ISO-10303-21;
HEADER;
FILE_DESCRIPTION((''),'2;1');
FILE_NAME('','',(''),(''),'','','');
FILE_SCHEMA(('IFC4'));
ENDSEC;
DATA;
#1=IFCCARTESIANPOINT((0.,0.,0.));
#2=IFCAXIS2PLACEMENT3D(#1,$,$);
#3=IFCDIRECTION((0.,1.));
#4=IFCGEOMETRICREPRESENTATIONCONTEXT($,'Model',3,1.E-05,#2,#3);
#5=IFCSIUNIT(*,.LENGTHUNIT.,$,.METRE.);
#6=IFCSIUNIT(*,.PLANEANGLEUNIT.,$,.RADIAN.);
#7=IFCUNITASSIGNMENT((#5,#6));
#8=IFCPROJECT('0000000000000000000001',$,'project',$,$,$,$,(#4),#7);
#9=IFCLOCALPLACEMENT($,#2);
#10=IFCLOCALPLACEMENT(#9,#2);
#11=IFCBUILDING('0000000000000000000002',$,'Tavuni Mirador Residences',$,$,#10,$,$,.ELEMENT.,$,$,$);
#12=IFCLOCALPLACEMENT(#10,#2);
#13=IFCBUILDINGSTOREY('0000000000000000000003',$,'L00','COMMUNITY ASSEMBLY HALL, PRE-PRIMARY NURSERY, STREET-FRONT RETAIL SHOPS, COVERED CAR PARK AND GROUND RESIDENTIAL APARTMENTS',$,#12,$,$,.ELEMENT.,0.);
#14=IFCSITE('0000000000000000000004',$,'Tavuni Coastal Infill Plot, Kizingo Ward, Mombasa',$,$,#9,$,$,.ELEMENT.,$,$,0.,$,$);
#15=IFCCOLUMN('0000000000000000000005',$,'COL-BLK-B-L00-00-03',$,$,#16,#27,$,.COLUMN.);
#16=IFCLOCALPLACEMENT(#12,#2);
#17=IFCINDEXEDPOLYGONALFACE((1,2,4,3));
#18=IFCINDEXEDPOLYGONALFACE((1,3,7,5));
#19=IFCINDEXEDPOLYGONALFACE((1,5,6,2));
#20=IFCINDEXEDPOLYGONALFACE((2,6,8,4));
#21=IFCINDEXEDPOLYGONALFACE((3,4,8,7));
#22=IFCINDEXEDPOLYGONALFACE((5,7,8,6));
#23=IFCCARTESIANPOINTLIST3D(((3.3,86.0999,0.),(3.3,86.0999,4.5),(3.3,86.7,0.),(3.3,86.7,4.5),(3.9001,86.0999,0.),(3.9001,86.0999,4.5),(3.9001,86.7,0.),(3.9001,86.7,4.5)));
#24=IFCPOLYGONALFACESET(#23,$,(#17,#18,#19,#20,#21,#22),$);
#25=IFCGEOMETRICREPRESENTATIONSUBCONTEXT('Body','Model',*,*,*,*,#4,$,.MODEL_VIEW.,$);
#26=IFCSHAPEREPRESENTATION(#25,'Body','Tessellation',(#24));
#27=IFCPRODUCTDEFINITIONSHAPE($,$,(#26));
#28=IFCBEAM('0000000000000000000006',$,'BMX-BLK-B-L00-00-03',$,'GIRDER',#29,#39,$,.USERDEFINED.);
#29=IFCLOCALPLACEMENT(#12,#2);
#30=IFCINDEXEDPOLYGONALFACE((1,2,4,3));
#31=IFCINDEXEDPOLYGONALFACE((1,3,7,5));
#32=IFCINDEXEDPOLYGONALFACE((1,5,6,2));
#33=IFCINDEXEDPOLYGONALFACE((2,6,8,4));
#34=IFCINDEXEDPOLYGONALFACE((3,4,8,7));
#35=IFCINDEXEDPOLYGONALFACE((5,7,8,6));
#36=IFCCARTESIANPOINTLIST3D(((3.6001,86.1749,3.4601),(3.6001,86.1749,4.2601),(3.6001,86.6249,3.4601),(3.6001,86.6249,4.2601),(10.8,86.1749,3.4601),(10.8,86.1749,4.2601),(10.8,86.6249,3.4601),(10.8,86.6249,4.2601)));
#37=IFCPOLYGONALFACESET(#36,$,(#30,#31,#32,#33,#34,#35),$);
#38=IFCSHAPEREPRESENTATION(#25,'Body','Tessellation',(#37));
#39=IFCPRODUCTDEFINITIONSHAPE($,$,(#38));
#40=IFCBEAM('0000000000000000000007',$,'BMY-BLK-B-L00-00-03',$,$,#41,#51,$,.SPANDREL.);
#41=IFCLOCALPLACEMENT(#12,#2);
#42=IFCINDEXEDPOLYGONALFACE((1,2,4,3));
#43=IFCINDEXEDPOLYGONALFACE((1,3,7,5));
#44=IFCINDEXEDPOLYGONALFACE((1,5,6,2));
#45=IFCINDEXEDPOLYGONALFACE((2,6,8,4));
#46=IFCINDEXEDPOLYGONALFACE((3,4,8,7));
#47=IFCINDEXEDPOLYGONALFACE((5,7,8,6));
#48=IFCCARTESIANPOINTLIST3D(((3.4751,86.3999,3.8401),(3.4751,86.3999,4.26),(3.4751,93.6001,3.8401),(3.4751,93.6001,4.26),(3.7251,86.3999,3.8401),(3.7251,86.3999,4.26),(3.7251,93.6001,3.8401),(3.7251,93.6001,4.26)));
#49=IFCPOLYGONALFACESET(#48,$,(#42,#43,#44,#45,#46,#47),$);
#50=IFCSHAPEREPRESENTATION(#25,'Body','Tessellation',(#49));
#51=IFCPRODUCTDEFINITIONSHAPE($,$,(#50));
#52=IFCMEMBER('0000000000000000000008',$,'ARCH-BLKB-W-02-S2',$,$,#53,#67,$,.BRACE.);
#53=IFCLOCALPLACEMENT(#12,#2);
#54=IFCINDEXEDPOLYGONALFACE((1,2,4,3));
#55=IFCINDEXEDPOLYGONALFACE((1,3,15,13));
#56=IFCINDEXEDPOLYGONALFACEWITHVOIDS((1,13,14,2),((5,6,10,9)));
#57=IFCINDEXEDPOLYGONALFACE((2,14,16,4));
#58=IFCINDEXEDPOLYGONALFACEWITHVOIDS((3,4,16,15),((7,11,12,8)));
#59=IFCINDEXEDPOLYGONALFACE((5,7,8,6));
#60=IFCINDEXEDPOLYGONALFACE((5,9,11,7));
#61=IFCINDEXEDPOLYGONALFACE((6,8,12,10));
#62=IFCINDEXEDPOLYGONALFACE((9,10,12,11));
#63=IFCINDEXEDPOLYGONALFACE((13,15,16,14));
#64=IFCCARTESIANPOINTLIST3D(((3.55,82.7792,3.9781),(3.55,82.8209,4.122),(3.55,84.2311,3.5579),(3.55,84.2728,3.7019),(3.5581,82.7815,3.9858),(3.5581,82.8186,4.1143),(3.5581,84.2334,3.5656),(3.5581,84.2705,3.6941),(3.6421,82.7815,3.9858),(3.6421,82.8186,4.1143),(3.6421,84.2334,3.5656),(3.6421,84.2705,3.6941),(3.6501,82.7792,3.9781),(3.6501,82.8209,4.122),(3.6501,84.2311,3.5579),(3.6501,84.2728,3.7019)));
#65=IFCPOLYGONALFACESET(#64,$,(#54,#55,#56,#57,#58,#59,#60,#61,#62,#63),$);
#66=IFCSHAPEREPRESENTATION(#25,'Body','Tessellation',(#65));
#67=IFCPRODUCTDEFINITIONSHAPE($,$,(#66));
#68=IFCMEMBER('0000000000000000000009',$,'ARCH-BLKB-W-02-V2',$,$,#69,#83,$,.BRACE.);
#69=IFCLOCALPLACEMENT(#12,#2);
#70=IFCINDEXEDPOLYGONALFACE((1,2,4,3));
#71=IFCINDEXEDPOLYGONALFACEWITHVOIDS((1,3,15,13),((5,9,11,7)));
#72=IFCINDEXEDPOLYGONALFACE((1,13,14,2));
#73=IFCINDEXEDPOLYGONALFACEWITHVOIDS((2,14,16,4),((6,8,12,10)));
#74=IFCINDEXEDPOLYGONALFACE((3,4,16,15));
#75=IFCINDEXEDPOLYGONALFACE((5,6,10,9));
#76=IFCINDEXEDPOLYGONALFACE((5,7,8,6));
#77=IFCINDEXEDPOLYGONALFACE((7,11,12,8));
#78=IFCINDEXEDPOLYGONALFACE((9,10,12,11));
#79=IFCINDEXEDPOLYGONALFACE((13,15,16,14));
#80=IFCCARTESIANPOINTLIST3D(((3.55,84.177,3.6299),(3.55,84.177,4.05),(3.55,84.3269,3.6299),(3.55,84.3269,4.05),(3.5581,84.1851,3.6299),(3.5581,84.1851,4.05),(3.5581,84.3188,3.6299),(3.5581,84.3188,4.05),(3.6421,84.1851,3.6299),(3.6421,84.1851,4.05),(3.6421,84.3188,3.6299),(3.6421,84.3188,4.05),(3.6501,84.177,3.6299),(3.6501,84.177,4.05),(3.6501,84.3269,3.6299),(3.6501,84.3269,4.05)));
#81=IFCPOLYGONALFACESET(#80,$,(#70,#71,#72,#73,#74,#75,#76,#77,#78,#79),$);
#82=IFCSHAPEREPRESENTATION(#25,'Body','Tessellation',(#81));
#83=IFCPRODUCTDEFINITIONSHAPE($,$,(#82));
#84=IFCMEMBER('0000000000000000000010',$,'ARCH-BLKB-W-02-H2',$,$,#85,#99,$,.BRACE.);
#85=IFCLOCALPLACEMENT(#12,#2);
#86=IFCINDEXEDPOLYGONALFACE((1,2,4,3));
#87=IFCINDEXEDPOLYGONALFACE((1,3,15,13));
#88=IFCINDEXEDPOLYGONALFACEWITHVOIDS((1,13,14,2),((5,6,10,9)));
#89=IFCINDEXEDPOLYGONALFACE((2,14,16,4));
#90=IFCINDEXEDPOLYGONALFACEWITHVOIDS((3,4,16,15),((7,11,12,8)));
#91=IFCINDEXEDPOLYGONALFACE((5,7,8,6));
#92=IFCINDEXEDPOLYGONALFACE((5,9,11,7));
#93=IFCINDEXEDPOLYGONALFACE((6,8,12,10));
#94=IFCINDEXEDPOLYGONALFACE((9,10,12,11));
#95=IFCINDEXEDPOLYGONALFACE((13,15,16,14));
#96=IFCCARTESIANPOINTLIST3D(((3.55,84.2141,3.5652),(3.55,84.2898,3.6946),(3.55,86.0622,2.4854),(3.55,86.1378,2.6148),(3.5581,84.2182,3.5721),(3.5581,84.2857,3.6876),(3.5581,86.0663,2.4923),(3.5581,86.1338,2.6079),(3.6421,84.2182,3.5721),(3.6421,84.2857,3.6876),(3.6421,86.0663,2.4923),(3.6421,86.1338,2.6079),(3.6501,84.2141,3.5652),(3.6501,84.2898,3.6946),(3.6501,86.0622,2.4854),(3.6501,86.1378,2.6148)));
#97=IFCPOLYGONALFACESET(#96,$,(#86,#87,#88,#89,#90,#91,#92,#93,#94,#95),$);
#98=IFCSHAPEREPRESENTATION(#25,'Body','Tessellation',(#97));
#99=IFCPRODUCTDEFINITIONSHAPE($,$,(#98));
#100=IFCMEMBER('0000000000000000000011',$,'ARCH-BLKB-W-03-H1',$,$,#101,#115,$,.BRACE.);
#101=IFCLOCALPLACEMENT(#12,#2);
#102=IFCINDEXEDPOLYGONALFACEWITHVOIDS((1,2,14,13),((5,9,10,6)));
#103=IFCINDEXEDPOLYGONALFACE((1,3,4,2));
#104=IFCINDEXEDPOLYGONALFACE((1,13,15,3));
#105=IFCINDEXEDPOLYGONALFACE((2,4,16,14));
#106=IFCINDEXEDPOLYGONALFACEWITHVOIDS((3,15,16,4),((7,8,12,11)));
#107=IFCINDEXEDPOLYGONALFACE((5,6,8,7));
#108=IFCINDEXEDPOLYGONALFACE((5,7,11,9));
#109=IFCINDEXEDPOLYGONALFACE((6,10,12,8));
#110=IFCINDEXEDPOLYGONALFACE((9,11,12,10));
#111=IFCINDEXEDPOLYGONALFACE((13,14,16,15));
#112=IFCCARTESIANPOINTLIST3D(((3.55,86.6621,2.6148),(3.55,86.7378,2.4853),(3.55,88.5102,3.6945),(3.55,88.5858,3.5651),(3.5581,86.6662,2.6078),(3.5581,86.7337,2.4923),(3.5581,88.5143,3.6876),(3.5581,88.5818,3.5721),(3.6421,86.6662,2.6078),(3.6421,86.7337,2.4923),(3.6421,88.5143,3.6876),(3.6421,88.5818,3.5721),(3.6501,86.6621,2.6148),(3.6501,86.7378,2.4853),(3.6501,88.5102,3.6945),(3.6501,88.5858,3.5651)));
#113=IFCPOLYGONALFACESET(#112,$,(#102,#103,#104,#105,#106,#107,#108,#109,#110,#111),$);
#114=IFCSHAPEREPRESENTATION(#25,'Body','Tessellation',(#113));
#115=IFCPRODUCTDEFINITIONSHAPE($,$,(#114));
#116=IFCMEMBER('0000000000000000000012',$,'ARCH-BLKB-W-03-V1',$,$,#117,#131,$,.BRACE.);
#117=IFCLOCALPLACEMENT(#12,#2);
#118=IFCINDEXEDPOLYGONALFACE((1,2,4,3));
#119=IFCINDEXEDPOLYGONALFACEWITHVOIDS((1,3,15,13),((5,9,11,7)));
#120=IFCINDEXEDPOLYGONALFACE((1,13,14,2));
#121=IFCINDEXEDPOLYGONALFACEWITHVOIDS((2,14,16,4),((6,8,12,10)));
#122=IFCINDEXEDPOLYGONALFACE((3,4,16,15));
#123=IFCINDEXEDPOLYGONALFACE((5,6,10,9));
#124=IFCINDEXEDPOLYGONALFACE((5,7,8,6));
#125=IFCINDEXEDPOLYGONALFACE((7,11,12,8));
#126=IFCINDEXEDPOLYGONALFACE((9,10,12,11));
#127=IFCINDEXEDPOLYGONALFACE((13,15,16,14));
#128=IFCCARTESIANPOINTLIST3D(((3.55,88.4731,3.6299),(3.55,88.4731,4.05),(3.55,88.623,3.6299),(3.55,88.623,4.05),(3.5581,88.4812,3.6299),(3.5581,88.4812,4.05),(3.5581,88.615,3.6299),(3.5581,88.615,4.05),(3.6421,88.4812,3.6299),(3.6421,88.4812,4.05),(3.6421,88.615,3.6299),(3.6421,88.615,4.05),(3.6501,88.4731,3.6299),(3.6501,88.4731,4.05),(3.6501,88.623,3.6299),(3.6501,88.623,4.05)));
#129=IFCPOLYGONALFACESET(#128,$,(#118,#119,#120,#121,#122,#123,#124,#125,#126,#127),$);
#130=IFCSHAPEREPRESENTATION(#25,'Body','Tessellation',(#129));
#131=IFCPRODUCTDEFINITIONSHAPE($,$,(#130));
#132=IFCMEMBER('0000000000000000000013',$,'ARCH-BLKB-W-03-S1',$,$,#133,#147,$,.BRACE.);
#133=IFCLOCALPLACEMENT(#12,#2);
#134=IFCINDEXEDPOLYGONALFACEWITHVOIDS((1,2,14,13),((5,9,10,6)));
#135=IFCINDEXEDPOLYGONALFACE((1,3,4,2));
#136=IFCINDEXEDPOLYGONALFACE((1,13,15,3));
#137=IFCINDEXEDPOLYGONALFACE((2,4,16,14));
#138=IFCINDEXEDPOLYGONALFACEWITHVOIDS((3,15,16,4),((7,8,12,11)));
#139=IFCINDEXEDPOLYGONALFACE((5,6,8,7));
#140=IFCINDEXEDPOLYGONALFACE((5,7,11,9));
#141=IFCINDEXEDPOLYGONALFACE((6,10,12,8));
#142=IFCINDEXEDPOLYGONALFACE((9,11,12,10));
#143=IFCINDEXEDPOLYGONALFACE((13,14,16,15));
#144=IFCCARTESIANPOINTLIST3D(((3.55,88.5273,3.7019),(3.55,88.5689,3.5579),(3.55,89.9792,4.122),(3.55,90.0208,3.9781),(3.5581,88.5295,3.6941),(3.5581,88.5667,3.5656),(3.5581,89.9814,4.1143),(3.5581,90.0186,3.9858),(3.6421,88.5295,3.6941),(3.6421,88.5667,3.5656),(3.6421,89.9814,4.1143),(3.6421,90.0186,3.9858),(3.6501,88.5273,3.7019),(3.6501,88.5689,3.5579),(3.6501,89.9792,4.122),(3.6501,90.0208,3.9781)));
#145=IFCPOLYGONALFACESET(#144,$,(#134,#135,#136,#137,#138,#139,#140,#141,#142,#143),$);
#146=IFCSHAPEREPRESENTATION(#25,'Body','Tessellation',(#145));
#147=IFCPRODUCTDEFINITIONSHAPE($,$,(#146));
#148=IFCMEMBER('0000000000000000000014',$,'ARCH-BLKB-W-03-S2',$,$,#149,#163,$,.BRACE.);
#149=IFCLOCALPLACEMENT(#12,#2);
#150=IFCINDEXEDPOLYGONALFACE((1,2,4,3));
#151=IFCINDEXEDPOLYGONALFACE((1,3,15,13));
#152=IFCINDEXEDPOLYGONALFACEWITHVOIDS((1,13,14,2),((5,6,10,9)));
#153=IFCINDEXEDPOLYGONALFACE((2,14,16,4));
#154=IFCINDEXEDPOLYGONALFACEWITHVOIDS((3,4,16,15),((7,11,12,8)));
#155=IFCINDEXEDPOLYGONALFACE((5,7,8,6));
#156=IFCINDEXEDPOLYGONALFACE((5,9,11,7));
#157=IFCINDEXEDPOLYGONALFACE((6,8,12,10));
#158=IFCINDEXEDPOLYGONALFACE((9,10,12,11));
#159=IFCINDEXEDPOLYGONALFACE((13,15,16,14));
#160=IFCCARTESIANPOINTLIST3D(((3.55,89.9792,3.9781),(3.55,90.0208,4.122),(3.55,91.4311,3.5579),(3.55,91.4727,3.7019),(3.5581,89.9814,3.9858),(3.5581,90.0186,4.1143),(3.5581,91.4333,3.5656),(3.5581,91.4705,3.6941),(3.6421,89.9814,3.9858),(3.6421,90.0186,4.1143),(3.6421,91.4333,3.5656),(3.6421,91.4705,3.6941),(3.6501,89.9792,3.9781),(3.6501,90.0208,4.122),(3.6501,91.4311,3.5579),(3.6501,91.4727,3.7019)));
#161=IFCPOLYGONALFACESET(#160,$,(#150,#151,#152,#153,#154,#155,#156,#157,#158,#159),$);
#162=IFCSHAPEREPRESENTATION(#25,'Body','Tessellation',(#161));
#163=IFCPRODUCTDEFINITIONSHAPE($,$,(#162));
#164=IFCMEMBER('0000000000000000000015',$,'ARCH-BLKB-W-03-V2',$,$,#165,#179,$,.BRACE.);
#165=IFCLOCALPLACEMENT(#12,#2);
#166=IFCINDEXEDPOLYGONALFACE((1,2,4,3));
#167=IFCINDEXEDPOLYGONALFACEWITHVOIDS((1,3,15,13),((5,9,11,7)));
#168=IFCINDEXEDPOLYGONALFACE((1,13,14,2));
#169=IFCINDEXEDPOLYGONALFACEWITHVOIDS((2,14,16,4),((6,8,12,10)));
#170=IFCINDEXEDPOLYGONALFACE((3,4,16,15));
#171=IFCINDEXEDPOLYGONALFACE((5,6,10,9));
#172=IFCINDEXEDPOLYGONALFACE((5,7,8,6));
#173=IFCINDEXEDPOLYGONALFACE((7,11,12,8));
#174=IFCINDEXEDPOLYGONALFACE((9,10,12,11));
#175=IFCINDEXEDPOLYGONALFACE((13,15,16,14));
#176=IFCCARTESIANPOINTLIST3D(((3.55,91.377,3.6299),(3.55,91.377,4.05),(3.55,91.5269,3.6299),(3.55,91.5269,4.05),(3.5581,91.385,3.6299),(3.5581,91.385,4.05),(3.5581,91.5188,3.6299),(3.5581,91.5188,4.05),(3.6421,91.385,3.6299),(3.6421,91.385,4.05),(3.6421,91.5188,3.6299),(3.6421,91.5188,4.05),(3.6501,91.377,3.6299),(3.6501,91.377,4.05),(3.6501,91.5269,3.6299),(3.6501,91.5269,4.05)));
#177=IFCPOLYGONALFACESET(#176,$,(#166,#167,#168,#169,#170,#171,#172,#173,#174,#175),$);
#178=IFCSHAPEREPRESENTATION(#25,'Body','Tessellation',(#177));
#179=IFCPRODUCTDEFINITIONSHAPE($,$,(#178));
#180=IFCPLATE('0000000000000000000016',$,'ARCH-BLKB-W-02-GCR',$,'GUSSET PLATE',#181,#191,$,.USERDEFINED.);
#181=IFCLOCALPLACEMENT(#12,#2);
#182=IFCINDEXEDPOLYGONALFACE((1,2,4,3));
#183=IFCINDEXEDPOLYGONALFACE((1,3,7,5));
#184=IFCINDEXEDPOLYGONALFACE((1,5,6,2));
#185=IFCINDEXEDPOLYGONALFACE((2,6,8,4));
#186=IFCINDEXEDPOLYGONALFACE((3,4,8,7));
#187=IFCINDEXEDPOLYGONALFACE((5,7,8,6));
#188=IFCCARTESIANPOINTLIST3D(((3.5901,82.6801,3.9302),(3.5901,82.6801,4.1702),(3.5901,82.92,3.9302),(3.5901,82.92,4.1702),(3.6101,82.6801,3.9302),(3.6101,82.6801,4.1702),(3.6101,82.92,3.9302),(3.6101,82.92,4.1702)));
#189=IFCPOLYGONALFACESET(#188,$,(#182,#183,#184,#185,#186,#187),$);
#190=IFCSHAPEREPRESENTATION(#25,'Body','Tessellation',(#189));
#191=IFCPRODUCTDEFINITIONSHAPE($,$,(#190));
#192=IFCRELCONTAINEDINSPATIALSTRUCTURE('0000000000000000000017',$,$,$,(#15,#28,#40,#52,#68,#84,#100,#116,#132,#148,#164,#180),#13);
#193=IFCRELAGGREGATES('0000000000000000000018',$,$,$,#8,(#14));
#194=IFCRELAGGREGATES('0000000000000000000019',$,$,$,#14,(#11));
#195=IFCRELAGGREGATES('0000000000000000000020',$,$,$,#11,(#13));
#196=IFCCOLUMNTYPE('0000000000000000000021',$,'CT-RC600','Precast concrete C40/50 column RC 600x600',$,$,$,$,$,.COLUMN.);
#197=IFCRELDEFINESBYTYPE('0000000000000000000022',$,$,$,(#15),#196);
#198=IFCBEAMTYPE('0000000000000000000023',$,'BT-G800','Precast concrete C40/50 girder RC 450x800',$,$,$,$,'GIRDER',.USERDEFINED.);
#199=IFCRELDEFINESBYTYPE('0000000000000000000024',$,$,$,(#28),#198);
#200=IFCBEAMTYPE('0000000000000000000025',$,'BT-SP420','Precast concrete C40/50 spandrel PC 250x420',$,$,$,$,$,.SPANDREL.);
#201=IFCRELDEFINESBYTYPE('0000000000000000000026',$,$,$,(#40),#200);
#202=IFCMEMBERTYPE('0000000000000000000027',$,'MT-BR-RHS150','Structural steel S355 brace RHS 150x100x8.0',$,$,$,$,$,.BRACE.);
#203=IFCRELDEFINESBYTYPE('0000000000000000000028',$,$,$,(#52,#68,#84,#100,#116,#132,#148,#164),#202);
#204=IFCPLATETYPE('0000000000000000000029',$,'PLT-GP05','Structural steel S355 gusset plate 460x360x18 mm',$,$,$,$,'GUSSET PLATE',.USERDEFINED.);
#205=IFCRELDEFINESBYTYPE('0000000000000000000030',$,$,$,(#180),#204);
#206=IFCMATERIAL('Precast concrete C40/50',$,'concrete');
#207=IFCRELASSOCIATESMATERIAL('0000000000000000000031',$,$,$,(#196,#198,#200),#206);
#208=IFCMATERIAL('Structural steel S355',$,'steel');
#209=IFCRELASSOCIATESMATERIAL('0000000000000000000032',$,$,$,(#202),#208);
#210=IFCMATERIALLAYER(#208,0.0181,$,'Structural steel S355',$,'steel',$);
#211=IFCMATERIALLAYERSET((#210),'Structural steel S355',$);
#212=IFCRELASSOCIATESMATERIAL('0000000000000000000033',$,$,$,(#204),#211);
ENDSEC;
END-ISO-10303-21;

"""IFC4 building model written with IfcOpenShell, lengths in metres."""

from ifc_helpers import new_model, si_unit, direction, frame, origin, origin_2d, place, context, subcontext, project, spatial, rectangle, hollow_rectangle, extrude, material, layer, layer_set, material_profile, profile_set, type_object, element, save


model = new_model("IFC4")

# Units and contexts
model_context = context("Model", 3, precision=1e-05, world=origin(), true_north=direction((0.0, 1.0)))
body_context = subcontext(model_context, "Body", "Model", "MODEL_VIEW")
ifc_project = project(units=[si_unit("LENGTHUNIT", "METRE"), si_unit("PLANEANGLEUNIT", "RADIAN")], contexts=[model_context])

# Site, building, storey
site_placement = place(None, origin())
site = spatial("IfcSite", under=ifc_project, at=site_placement, Name="Tavuni Coastal Infill Plot, Kizingo Ward, Mombasa", CompositionType="ELEMENT", RefElevation=0.0)
building_placement = place(site_placement, origin())
building = spatial("IfcBuilding", under=site, at=building_placement, Name="Tavuni Mirador Residences", CompositionType="ELEMENT")
storey_placement = place(building_placement, origin())
storey = spatial("IfcBuildingStorey", under=building, at=storey_placement, Name="L00", Description="COMMUNITY ASSEMBLY HALL, PRE-PRIMARY NURSERY, STREET-FRONT RETAIL SHOPS, COVERED CAR PARK AND GROUND RESIDENTIAL APARTMENTS", CompositionType="ELEMENT", Elevation=0.0)

# Column
ifc_material_1 = material(Name="Precast concrete C40/50", Category="concrete")
ifc_material_profile_1 = material_profile(ifc_material_1, rectangle(XDim=0.6001, YDim=0.6001, at=origin_2d()), Name="RC 600x600", Category="concrete")
ifc_profile_set_1 = profile_set([ifc_material_profile_1], Name="Precast concrete C40/50")
column_type = type_object("IfcColumnType", Name="CT-RC600", Description="Precast concrete C40/50 column RC 600x600", PredefinedType="COLUMN", material=ifc_profile_set_1)
column_placement = place(storey_placement, frame((3.6001, 86.3999, 0.0), z_axis=(0.0, 0.0, 1.0), x_axis=(1.0, 0.0, 0.0)))
element("IfcColumn", 1, at=column_placement, inside=storey, type_object=column_type, Name="COL-BLK-B-L00-00-03", PredefinedType="COLUMN", context=body_context, shape_type="SweptSolid", body=[
    extrude(rectangle(XDim=0.6001, YDim=0.6001, at=origin_2d()), origin(), (0.0, 0.0, 1.0), 4.5),
])

# Beams
ifc_material_profile_2 = material_profile(ifc_material_1, rectangle(XDim=0.45, YDim=0.8, at=origin_2d()), Name="RC 450x800", Category="concrete")
ifc_profile_set_2 = profile_set([ifc_material_profile_2], Name="Precast concrete C40/50")
beam_type_1 = type_object("IfcBeamType", Name="BT-G800", Description="Precast concrete C40/50 girder RC 450x800", ElementType="GIRDER", PredefinedType="USERDEFINED", material=ifc_profile_set_2)
beam_1_placement = place(storey_placement, frame((3.6001, 86.3999, 3.8601), z_axis=(1.0, 0.0, 0.0), x_axis=(0.0, 1.0, 0.0)))
element("IfcBeam", 2, at=beam_1_placement, inside=storey, type_object=beam_type_1, Name="BMX-BLK-B-L00-00-03", ObjectType="GIRDER", PredefinedType="USERDEFINED", context=body_context, shape_type="SweptSolid", body=[
    extrude(rectangle(XDim=0.45, YDim=0.8, at=origin_2d()), origin(), (0.0, 0.0, 1.0), 7.2),
])
ifc_material_profile_3 = material_profile(ifc_material_1, rectangle(XDim=0.25, YDim=0.4199, at=origin_2d()), Name="PC 250x420", Category="concrete")
ifc_profile_set_3 = profile_set([ifc_material_profile_3], Name="Precast concrete C40/50")
beam_type_2 = type_object("IfcBeamType", Name="BT-SP420", Description="Precast concrete C40/50 spandrel PC 250x420", PredefinedType="SPANDREL", material=ifc_profile_set_3)
beam_2_placement = place(storey_placement, frame((3.6001, 86.3999, 4.05), z_axis=(0.0, 1.0, 0.0), x_axis=(-1.0, 0.0, 0.0)))
element("IfcBeam", 3, at=beam_2_placement, inside=storey, type_object=beam_type_2, Name="BMY-BLK-B-L00-00-03", PredefinedType="SPANDREL", context=body_context, shape_type="SweptSolid", body=[
    extrude(rectangle(XDim=0.25, YDim=0.4199, at=origin_2d()), origin(), (0.0, 0.0, 1.0), 7.2002),
])

# Members
ifc_material_2 = material(Name="Structural steel S355", Category="steel")
ifc_material_profile_4 = material_profile(ifc_material_2, hollow_rectangle(XDim=0.1001, YDim=0.1499, WallThickness=0.0081, at=origin_2d()), Name="RHS 150x100x8.0", Category="steel")
ifc_profile_set_4 = profile_set([ifc_material_profile_4], Name="Structural steel S355")
member_type = type_object("IfcMemberType", Name="MT-BR-RHS150", Description="Structural steel S355 brace RHS 150x100x8.0", PredefinedType="BRACE", material=ifc_profile_set_4)
member_1_placement = place(storey_placement, frame((3.6001, 82.8, 4.05), z_axis=(0.0, 0.960586, -0.277984), x_axis=(-1.0, 0.0, 0.0)))
element("IfcMember", 4, at=member_1_placement, inside=storey, type_object=member_type, Name="ARCH-BLKB-W-02-S2", PredefinedType="BRACE", context=body_context, shape_type="SweptSolid", body=[
    extrude(hollow_rectangle(XDim=0.1001, YDim=0.1499, WallThickness=0.0081, at=origin_2d()), origin(), (0.0, 0.0, 1.0), 1.5115),
])
member_2_placement = place(storey_placement, frame((3.6001, 84.252, 3.6299), z_axis=(0.0, 0.0, 1.0), x_axis=(1.0, 0.0, 0.0)))
element("IfcMember", 5, at=member_2_placement, inside=storey, type_object=member_type, Name="ARCH-BLKB-W-02-V2", PredefinedType="BRACE", context=body_context, shape_type="SweptSolid", body=[
    extrude(hollow_rectangle(XDim=0.1001, YDim=0.1499, WallThickness=0.0081, at=origin_2d()), origin(), (0.0, 0.0, 1.0), 0.4202),
])
for number, where, z_axis, x_axis, name in (
    (6, (3.6001, 84.252, 3.6299), (0.0, 0.863423, -0.504481), (-1.0, 0.0, 0.0), "ARCH-BLKB-W-02-H2"),
    (7, (3.6001, 86.7, 2.55), (0.0, 0.863423, 0.504481), (-1.0, 0.0, 0.0), "ARCH-BLKB-W-03-H1"),
):
    element("IfcMember", number, at=place(storey_placement, frame(where, z_axis=z_axis, x_axis=x_axis)), inside=storey, type_object=member_type, Name=name, PredefinedType="BRACE", context=body_context, shape_type="SweptSolid", body=[
        extrude(hollow_rectangle(XDim=0.1001, YDim=0.1499, WallThickness=0.0081, at=origin_2d()), origin(), (0.0, 0.0, 1.0), 2.1404),
    ])
member_3_placement = place(storey_placement, frame((3.6001, 88.5481, 3.6299), z_axis=(0.0, 0.0, 1.0), x_axis=(1.0, 0.0, 0.0)))
element("IfcMember", 8, at=member_3_placement, inside=storey, type_object=member_type, Name="ARCH-BLKB-W-03-V1", PredefinedType="BRACE", context=body_context, shape_type="SweptSolid", body=[
    extrude(hollow_rectangle(XDim=0.1001, YDim=0.1499, WallThickness=0.0081, at=origin_2d()), origin(), (0.0, 0.0, 1.0), 0.4202),
])
for number, where, z_axis, x_axis, name in (
    (9, (3.6001, 88.5481, 3.6299), (0.0, 0.960586, 0.277984), (-1.0, 0.0, 0.0), "ARCH-BLKB-W-03-S1"),
    (10, (3.6001, 90.0, 4.05), (0.0, 0.960586, -0.277984), (-1.0, 0.0, 0.0), "ARCH-BLKB-W-03-S2"),
):
    element("IfcMember", number, at=place(storey_placement, frame(where, z_axis=z_axis, x_axis=x_axis)), inside=storey, type_object=member_type, Name=name, PredefinedType="BRACE", context=body_context, shape_type="SweptSolid", body=[
        extrude(hollow_rectangle(XDim=0.1001, YDim=0.1499, WallThickness=0.0081, at=origin_2d()), origin(), (0.0, 0.0, 1.0), 1.5115),
    ])
member_4_placement = place(storey_placement, frame((3.6001, 91.4519, 3.6299), z_axis=(0.0, 0.0, 1.0), x_axis=(1.0, 0.0, 0.0)))
element("IfcMember", 11, at=member_4_placement, inside=storey, type_object=member_type, Name="ARCH-BLKB-W-03-V2", PredefinedType="BRACE", context=body_context, shape_type="SweptSolid", body=[
    extrude(hollow_rectangle(XDim=0.1001, YDim=0.1499, WallThickness=0.0081, at=origin_2d()), origin(), (0.0, 0.0, 1.0), 0.4202),
])

# Plate
ifc_layer_1 = layer(ifc_material_2, 0.0181, Name="Structural steel S355", Category="steel")
ifc_layer_set_1 = layer_set([ifc_layer_1], Name="Structural steel S355")
plate_type = type_object("IfcPlateType", Name="PLT-GP05", Description="Structural steel S355 gusset plate 460x360x18 mm", ElementType="GUSSET PLATE", PredefinedType="USERDEFINED", material=ifc_layer_set_1)
for number, where, z_axis, x_axis, name in (
    (12, (3.6001, 82.8, 3.9302), (0.0, 0.0, 1.0), (1.0, 0.0, 0.0), "ARCH-BLKB-W-02-GCR"),
):
    element("IfcPlate", number, at=place(storey_placement, frame(where, z_axis=z_axis, x_axis=x_axis)), inside=storey, type_object=plate_type, Name=name, ObjectType="GUSSET PLATE", PredefinedType="USERDEFINED", context=body_context, shape_type="SweptSolid", body=[
        extrude(rectangle(XDim=0.02, YDim=0.24, at=origin_2d()), origin(), (0.0, 0.0, 1.0), 0.24),
    ])

save(model, "model.ifc")
